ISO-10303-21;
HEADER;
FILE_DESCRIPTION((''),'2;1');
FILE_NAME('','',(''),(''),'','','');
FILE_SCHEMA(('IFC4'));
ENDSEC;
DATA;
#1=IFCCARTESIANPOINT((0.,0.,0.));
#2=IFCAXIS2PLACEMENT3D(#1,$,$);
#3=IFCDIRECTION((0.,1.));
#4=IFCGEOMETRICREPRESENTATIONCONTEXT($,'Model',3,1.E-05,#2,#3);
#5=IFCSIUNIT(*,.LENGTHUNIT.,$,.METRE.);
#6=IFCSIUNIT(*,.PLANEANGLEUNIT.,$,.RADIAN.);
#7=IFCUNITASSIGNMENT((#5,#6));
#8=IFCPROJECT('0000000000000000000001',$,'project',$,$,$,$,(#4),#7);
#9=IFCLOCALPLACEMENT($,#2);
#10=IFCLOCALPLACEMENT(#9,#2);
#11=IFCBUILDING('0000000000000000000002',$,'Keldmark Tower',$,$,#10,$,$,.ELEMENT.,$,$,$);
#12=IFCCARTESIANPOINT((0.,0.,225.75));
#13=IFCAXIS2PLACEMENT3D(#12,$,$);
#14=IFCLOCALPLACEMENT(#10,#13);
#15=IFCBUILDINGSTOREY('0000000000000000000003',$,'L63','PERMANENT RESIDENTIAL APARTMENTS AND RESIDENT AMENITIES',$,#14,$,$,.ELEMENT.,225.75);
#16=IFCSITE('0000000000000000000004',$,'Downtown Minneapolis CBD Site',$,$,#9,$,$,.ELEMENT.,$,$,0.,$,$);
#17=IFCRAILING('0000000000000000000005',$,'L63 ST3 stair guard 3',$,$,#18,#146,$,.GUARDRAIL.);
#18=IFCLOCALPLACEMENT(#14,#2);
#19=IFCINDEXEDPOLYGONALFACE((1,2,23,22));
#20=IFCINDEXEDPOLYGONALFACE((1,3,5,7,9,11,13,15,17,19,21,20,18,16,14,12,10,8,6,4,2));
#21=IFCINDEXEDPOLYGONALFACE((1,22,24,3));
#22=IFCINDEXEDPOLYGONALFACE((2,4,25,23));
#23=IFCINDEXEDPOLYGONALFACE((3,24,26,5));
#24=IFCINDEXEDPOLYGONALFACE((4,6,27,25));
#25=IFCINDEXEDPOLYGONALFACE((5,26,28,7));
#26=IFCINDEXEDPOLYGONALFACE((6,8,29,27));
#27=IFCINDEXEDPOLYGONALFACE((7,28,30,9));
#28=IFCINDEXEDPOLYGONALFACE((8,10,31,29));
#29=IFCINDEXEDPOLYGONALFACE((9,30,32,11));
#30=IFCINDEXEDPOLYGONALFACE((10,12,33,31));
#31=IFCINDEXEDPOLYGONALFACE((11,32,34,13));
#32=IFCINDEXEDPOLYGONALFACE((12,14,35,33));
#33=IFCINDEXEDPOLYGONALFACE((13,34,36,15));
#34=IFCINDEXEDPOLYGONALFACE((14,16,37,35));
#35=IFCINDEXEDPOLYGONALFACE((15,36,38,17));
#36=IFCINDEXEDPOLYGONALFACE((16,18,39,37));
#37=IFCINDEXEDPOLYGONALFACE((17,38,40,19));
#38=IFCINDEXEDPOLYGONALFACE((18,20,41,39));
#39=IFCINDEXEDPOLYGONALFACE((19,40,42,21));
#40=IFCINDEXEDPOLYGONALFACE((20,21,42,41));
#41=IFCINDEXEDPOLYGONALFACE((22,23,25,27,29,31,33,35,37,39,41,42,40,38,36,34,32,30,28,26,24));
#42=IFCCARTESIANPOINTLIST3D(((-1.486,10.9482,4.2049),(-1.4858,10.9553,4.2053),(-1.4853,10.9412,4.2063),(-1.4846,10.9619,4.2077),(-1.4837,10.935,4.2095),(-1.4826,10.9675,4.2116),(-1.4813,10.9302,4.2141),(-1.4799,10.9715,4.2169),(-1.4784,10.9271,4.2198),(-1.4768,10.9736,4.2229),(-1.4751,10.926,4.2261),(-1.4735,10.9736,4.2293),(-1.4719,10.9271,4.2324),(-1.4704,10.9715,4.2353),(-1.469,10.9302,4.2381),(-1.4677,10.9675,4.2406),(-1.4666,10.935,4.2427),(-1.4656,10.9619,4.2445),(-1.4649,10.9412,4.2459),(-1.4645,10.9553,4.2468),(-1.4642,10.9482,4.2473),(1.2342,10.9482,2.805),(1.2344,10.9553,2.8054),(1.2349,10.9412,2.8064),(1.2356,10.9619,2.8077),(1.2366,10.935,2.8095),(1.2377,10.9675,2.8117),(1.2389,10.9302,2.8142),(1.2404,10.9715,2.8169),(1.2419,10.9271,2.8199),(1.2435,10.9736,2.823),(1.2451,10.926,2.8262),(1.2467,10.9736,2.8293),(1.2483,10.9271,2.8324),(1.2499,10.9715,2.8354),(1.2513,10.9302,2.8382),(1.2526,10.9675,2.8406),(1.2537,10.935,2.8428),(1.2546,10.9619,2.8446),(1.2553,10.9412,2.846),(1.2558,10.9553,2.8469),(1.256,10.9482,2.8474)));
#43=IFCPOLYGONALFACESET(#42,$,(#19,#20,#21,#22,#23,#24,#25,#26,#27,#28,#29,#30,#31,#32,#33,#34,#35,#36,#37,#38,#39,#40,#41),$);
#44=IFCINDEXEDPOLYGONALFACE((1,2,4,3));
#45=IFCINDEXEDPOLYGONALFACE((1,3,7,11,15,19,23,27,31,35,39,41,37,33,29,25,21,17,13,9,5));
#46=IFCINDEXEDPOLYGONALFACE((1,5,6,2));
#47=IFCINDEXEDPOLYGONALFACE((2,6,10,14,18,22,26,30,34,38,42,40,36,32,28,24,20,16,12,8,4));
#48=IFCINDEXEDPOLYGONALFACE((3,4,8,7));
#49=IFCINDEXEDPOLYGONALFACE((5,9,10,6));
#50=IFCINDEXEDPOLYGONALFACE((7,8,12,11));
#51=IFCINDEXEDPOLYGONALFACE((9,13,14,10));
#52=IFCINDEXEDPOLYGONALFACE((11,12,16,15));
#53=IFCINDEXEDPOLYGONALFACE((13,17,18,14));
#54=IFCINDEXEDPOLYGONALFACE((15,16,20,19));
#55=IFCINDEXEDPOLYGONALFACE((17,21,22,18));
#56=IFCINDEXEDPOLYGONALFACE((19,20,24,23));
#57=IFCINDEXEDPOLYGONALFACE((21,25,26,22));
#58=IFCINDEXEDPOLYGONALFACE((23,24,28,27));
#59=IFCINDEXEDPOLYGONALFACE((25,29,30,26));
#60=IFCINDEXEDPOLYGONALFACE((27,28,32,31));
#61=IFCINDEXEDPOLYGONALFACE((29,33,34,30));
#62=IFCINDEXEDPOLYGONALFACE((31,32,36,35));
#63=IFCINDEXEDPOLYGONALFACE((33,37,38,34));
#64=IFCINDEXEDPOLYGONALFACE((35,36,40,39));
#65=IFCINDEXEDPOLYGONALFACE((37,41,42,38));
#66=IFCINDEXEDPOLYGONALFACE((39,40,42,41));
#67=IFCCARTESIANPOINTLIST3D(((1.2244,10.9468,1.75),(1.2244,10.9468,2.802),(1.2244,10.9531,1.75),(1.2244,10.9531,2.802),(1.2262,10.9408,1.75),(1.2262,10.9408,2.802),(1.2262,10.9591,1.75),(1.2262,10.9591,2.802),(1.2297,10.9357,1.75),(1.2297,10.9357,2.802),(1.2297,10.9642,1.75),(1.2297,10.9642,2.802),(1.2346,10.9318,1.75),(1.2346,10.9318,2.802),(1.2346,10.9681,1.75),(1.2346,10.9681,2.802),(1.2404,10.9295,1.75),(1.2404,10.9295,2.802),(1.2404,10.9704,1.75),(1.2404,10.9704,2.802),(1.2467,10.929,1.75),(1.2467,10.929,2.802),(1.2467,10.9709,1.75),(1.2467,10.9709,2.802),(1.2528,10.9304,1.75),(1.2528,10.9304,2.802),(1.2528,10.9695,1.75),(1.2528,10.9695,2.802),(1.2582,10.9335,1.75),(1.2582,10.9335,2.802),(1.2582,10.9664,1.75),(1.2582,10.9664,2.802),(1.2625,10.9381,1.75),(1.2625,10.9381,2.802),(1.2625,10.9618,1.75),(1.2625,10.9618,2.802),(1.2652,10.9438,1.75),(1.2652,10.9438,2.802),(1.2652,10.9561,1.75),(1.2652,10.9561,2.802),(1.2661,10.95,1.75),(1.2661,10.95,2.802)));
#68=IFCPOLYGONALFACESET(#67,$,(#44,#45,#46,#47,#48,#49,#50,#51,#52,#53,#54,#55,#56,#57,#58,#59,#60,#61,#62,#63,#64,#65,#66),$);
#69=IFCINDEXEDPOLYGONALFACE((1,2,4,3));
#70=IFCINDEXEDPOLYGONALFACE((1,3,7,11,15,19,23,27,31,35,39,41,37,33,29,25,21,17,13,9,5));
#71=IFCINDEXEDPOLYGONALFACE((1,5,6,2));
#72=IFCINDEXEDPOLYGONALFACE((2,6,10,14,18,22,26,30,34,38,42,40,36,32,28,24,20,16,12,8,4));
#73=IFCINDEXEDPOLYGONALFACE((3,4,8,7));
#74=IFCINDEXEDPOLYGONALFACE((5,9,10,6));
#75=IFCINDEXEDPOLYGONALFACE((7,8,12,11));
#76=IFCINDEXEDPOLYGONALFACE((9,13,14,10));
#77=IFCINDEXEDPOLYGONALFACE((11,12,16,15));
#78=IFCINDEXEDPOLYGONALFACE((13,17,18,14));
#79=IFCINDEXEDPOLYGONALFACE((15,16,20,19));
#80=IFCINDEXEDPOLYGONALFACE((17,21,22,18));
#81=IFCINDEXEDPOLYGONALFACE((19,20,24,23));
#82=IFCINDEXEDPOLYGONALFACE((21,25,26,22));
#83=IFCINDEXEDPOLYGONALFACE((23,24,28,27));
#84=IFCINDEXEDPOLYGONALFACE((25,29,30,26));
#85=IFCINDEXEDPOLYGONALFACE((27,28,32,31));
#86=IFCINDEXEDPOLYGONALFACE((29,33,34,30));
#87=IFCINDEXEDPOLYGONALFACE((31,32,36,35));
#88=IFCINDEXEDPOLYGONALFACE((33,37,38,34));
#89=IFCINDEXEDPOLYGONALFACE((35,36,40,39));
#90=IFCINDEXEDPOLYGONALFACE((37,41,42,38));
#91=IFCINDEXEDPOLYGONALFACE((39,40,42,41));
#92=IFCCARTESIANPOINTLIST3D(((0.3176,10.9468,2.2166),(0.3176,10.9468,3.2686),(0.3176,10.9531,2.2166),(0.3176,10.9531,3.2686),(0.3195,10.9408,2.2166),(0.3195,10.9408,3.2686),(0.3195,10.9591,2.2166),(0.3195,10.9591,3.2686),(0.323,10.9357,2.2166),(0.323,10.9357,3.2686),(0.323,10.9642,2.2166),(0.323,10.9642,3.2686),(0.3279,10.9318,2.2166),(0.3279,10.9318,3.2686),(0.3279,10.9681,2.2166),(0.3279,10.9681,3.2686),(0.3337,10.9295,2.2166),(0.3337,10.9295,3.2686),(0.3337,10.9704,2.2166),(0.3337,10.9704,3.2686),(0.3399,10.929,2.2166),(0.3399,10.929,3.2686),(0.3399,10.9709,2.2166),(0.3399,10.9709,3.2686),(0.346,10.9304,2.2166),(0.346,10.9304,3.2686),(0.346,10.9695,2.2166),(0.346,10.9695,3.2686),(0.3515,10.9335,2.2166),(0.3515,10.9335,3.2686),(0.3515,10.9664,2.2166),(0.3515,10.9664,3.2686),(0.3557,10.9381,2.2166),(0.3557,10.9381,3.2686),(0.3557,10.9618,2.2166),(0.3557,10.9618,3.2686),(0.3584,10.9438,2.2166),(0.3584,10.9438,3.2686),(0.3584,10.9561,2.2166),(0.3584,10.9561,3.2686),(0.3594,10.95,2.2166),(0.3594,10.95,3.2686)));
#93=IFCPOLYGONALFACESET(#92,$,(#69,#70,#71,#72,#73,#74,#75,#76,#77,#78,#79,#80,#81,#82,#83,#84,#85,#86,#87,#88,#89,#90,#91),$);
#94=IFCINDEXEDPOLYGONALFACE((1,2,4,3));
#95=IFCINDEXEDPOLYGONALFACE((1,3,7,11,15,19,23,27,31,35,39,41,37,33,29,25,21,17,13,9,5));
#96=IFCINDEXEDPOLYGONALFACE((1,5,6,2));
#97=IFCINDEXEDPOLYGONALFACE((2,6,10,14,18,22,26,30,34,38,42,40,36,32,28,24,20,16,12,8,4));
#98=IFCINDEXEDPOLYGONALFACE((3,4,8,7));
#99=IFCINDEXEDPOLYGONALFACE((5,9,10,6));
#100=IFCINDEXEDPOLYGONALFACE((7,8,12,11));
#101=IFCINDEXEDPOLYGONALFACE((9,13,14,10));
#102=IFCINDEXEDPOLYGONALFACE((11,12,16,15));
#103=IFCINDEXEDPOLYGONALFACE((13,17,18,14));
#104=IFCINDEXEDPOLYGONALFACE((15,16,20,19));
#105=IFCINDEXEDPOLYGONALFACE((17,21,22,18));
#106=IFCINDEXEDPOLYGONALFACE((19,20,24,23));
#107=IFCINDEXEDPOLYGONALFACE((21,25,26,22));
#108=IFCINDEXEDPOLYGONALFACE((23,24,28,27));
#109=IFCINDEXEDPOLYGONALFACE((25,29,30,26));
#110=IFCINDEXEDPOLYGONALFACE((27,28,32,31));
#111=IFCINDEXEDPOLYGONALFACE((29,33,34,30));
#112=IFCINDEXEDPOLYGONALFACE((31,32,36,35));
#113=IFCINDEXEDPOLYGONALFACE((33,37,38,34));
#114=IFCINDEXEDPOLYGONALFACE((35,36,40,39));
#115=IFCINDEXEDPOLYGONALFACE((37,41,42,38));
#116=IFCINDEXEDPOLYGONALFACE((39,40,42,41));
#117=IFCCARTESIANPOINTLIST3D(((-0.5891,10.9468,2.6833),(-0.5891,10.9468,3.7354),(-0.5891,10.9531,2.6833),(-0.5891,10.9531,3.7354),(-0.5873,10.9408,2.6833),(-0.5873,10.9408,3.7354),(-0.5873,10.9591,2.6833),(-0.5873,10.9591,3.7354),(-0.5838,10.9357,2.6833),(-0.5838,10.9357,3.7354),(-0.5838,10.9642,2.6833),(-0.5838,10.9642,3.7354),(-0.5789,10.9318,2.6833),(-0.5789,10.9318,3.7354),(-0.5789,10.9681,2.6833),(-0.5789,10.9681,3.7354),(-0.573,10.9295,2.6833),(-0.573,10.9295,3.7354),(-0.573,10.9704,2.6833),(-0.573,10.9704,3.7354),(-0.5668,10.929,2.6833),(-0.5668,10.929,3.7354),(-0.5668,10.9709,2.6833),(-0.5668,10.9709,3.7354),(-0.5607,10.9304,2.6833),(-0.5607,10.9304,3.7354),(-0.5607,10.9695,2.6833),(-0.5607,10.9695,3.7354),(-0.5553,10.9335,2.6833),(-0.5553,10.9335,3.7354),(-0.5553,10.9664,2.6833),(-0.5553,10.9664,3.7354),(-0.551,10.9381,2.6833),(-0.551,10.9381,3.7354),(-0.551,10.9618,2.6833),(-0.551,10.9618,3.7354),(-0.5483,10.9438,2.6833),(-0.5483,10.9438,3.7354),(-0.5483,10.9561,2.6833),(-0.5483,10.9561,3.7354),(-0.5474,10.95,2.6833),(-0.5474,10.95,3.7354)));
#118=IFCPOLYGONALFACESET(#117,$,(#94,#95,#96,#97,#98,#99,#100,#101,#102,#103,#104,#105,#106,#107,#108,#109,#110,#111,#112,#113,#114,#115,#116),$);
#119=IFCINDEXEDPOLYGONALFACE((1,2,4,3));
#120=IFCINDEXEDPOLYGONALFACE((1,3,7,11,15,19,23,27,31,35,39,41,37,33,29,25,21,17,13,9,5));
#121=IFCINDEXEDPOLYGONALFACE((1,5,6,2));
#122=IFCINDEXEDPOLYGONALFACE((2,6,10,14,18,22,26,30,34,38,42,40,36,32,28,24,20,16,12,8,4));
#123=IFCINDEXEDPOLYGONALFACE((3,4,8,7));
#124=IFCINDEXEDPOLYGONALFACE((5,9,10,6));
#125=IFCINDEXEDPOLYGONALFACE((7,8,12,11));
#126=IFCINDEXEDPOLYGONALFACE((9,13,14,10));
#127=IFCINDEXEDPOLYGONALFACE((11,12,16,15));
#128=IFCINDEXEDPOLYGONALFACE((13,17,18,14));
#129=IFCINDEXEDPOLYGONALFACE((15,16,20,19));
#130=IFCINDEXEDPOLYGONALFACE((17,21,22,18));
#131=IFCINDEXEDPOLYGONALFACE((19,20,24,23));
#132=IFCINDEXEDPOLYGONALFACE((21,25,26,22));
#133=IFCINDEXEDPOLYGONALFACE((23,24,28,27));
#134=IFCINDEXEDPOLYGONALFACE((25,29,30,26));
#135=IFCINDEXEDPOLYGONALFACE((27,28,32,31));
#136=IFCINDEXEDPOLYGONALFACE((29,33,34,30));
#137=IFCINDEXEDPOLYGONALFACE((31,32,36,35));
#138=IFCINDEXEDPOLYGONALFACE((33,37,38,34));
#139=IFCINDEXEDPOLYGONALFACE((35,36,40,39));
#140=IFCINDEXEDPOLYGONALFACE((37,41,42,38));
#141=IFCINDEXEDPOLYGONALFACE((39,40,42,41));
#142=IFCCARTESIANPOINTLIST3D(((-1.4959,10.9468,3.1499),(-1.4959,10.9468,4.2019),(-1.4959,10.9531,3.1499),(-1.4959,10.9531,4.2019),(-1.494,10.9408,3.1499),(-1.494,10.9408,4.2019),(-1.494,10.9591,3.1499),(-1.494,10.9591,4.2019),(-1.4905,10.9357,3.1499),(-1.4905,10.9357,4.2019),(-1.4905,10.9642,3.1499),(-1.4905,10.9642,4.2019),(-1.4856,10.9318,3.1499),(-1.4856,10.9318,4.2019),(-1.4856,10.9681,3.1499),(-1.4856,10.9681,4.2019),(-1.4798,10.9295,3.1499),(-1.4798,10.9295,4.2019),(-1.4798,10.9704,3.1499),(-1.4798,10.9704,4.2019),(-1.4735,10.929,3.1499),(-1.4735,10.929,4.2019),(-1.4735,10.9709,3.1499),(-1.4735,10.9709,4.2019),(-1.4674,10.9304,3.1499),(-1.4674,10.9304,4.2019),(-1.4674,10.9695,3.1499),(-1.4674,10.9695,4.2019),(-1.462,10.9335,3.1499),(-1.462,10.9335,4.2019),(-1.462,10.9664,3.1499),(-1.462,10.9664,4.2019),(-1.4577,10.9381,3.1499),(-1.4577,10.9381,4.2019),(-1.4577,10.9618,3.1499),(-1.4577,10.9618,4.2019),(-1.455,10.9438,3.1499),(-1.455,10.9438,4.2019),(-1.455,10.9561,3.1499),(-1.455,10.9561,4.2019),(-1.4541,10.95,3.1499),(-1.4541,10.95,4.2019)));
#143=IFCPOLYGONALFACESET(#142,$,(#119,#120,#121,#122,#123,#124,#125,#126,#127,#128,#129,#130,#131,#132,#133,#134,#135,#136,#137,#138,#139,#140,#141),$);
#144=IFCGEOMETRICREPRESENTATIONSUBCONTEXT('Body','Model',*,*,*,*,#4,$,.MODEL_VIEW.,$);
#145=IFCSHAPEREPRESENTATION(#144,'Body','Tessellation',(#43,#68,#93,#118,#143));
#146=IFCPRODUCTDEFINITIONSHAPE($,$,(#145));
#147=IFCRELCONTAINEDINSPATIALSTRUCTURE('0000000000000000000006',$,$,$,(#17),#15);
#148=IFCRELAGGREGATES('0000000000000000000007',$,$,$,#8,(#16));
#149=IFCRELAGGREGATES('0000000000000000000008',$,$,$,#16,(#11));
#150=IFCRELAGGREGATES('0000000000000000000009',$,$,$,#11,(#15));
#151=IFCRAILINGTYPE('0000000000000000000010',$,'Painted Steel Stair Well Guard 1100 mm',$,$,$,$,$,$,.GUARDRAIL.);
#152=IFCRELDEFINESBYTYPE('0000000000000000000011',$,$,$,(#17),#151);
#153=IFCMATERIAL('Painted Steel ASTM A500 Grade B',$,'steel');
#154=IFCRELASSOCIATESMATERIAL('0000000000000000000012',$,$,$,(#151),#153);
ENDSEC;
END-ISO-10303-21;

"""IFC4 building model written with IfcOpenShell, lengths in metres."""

from ifc_helpers import new_model, si_unit, direction, frame, origin, origin_2d, place, context, subcontext, project, spatial, circle, extrude, material, type_object, element, save


model = new_model("IFC4")

# Units and contexts
model_context = context("Model", 3, precision=1e-05, world=origin(), true_north=direction((0.0, 1.0)))
body_context = subcontext(model_context, "Body", "Model", "MODEL_VIEW")
ifc_project = project(units=[si_unit("LENGTHUNIT", "METRE"), si_unit("PLANEANGLEUNIT", "RADIAN")], contexts=[model_context])

# Site, building, storey
site_placement = place(None, origin())
site = spatial("IfcSite", under=ifc_project, at=site_placement, Name="Downtown Minneapolis CBD Site", CompositionType="ELEMENT", RefElevation=0.0)
building_placement = place(site_placement, origin())
building = spatial("IfcBuilding", under=site, at=building_placement, Name="Keldmark Tower", CompositionType="ELEMENT")
storey_placement = place(building_placement, frame((0.0, 0.0, 225.75)))
storey = spatial("IfcBuildingStorey", under=building, at=storey_placement, Name="L63", Description="PERMANENT RESIDENTIAL APARTMENTS AND RESIDENT AMENITIES", CompositionType="ELEMENT", Elevation=225.75)

# Railing
ifc_material_1 = material(Name="Painted Steel ASTM A500 Grade B", Category="steel")
railing_type_1 = type_object("IfcRailingType", Name="Painted Steel Stair Well Guard 1100 mm", PredefinedType="GUARDRAIL", material=ifc_material_1)
railing_1_placement = place(storey_placement, frame((1.2451, 10.95, 1.75)))
element("IfcRailing", 1, at=railing_1_placement, inside=storey, type_object=railing_type_1, Name="L63 ST3 stair guard 3", PredefinedType="GUARDRAIL", context=body_context, shape_type="SweptSolid", body=[
    extrude(circle(Radius=0.0239, at=origin_2d()), frame((0.0, 0.0, 1.0762), z_axis=(-0.889164, 0.0, 0.45759), x_axis=(0.0, -1.0, 0.0)), (0.0, 0.0, 1.0), 3.0593),
    extrude(circle(Radius=0.021, at=origin_2d()), origin(), (0.0, 0.0, 1.0), 1.052),
    extrude(circle(Radius=0.021, at=origin_2d()), frame((-0.9067, 0.0, 0.4666)), (0.0, 0.0, 1.0), 1.052),
    extrude(circle(Radius=0.021, at=origin_2d()), frame((-1.8135, 0.0, 0.9333)), (0.0, 0.0, 1.0), 1.052),
    extrude(circle(Radius=0.021, at=origin_2d()), frame((-2.7202, 0.0, 1.3999)), (0.0, 0.0, 1.0), 1.052),
])

save(model, "model.ifc")
